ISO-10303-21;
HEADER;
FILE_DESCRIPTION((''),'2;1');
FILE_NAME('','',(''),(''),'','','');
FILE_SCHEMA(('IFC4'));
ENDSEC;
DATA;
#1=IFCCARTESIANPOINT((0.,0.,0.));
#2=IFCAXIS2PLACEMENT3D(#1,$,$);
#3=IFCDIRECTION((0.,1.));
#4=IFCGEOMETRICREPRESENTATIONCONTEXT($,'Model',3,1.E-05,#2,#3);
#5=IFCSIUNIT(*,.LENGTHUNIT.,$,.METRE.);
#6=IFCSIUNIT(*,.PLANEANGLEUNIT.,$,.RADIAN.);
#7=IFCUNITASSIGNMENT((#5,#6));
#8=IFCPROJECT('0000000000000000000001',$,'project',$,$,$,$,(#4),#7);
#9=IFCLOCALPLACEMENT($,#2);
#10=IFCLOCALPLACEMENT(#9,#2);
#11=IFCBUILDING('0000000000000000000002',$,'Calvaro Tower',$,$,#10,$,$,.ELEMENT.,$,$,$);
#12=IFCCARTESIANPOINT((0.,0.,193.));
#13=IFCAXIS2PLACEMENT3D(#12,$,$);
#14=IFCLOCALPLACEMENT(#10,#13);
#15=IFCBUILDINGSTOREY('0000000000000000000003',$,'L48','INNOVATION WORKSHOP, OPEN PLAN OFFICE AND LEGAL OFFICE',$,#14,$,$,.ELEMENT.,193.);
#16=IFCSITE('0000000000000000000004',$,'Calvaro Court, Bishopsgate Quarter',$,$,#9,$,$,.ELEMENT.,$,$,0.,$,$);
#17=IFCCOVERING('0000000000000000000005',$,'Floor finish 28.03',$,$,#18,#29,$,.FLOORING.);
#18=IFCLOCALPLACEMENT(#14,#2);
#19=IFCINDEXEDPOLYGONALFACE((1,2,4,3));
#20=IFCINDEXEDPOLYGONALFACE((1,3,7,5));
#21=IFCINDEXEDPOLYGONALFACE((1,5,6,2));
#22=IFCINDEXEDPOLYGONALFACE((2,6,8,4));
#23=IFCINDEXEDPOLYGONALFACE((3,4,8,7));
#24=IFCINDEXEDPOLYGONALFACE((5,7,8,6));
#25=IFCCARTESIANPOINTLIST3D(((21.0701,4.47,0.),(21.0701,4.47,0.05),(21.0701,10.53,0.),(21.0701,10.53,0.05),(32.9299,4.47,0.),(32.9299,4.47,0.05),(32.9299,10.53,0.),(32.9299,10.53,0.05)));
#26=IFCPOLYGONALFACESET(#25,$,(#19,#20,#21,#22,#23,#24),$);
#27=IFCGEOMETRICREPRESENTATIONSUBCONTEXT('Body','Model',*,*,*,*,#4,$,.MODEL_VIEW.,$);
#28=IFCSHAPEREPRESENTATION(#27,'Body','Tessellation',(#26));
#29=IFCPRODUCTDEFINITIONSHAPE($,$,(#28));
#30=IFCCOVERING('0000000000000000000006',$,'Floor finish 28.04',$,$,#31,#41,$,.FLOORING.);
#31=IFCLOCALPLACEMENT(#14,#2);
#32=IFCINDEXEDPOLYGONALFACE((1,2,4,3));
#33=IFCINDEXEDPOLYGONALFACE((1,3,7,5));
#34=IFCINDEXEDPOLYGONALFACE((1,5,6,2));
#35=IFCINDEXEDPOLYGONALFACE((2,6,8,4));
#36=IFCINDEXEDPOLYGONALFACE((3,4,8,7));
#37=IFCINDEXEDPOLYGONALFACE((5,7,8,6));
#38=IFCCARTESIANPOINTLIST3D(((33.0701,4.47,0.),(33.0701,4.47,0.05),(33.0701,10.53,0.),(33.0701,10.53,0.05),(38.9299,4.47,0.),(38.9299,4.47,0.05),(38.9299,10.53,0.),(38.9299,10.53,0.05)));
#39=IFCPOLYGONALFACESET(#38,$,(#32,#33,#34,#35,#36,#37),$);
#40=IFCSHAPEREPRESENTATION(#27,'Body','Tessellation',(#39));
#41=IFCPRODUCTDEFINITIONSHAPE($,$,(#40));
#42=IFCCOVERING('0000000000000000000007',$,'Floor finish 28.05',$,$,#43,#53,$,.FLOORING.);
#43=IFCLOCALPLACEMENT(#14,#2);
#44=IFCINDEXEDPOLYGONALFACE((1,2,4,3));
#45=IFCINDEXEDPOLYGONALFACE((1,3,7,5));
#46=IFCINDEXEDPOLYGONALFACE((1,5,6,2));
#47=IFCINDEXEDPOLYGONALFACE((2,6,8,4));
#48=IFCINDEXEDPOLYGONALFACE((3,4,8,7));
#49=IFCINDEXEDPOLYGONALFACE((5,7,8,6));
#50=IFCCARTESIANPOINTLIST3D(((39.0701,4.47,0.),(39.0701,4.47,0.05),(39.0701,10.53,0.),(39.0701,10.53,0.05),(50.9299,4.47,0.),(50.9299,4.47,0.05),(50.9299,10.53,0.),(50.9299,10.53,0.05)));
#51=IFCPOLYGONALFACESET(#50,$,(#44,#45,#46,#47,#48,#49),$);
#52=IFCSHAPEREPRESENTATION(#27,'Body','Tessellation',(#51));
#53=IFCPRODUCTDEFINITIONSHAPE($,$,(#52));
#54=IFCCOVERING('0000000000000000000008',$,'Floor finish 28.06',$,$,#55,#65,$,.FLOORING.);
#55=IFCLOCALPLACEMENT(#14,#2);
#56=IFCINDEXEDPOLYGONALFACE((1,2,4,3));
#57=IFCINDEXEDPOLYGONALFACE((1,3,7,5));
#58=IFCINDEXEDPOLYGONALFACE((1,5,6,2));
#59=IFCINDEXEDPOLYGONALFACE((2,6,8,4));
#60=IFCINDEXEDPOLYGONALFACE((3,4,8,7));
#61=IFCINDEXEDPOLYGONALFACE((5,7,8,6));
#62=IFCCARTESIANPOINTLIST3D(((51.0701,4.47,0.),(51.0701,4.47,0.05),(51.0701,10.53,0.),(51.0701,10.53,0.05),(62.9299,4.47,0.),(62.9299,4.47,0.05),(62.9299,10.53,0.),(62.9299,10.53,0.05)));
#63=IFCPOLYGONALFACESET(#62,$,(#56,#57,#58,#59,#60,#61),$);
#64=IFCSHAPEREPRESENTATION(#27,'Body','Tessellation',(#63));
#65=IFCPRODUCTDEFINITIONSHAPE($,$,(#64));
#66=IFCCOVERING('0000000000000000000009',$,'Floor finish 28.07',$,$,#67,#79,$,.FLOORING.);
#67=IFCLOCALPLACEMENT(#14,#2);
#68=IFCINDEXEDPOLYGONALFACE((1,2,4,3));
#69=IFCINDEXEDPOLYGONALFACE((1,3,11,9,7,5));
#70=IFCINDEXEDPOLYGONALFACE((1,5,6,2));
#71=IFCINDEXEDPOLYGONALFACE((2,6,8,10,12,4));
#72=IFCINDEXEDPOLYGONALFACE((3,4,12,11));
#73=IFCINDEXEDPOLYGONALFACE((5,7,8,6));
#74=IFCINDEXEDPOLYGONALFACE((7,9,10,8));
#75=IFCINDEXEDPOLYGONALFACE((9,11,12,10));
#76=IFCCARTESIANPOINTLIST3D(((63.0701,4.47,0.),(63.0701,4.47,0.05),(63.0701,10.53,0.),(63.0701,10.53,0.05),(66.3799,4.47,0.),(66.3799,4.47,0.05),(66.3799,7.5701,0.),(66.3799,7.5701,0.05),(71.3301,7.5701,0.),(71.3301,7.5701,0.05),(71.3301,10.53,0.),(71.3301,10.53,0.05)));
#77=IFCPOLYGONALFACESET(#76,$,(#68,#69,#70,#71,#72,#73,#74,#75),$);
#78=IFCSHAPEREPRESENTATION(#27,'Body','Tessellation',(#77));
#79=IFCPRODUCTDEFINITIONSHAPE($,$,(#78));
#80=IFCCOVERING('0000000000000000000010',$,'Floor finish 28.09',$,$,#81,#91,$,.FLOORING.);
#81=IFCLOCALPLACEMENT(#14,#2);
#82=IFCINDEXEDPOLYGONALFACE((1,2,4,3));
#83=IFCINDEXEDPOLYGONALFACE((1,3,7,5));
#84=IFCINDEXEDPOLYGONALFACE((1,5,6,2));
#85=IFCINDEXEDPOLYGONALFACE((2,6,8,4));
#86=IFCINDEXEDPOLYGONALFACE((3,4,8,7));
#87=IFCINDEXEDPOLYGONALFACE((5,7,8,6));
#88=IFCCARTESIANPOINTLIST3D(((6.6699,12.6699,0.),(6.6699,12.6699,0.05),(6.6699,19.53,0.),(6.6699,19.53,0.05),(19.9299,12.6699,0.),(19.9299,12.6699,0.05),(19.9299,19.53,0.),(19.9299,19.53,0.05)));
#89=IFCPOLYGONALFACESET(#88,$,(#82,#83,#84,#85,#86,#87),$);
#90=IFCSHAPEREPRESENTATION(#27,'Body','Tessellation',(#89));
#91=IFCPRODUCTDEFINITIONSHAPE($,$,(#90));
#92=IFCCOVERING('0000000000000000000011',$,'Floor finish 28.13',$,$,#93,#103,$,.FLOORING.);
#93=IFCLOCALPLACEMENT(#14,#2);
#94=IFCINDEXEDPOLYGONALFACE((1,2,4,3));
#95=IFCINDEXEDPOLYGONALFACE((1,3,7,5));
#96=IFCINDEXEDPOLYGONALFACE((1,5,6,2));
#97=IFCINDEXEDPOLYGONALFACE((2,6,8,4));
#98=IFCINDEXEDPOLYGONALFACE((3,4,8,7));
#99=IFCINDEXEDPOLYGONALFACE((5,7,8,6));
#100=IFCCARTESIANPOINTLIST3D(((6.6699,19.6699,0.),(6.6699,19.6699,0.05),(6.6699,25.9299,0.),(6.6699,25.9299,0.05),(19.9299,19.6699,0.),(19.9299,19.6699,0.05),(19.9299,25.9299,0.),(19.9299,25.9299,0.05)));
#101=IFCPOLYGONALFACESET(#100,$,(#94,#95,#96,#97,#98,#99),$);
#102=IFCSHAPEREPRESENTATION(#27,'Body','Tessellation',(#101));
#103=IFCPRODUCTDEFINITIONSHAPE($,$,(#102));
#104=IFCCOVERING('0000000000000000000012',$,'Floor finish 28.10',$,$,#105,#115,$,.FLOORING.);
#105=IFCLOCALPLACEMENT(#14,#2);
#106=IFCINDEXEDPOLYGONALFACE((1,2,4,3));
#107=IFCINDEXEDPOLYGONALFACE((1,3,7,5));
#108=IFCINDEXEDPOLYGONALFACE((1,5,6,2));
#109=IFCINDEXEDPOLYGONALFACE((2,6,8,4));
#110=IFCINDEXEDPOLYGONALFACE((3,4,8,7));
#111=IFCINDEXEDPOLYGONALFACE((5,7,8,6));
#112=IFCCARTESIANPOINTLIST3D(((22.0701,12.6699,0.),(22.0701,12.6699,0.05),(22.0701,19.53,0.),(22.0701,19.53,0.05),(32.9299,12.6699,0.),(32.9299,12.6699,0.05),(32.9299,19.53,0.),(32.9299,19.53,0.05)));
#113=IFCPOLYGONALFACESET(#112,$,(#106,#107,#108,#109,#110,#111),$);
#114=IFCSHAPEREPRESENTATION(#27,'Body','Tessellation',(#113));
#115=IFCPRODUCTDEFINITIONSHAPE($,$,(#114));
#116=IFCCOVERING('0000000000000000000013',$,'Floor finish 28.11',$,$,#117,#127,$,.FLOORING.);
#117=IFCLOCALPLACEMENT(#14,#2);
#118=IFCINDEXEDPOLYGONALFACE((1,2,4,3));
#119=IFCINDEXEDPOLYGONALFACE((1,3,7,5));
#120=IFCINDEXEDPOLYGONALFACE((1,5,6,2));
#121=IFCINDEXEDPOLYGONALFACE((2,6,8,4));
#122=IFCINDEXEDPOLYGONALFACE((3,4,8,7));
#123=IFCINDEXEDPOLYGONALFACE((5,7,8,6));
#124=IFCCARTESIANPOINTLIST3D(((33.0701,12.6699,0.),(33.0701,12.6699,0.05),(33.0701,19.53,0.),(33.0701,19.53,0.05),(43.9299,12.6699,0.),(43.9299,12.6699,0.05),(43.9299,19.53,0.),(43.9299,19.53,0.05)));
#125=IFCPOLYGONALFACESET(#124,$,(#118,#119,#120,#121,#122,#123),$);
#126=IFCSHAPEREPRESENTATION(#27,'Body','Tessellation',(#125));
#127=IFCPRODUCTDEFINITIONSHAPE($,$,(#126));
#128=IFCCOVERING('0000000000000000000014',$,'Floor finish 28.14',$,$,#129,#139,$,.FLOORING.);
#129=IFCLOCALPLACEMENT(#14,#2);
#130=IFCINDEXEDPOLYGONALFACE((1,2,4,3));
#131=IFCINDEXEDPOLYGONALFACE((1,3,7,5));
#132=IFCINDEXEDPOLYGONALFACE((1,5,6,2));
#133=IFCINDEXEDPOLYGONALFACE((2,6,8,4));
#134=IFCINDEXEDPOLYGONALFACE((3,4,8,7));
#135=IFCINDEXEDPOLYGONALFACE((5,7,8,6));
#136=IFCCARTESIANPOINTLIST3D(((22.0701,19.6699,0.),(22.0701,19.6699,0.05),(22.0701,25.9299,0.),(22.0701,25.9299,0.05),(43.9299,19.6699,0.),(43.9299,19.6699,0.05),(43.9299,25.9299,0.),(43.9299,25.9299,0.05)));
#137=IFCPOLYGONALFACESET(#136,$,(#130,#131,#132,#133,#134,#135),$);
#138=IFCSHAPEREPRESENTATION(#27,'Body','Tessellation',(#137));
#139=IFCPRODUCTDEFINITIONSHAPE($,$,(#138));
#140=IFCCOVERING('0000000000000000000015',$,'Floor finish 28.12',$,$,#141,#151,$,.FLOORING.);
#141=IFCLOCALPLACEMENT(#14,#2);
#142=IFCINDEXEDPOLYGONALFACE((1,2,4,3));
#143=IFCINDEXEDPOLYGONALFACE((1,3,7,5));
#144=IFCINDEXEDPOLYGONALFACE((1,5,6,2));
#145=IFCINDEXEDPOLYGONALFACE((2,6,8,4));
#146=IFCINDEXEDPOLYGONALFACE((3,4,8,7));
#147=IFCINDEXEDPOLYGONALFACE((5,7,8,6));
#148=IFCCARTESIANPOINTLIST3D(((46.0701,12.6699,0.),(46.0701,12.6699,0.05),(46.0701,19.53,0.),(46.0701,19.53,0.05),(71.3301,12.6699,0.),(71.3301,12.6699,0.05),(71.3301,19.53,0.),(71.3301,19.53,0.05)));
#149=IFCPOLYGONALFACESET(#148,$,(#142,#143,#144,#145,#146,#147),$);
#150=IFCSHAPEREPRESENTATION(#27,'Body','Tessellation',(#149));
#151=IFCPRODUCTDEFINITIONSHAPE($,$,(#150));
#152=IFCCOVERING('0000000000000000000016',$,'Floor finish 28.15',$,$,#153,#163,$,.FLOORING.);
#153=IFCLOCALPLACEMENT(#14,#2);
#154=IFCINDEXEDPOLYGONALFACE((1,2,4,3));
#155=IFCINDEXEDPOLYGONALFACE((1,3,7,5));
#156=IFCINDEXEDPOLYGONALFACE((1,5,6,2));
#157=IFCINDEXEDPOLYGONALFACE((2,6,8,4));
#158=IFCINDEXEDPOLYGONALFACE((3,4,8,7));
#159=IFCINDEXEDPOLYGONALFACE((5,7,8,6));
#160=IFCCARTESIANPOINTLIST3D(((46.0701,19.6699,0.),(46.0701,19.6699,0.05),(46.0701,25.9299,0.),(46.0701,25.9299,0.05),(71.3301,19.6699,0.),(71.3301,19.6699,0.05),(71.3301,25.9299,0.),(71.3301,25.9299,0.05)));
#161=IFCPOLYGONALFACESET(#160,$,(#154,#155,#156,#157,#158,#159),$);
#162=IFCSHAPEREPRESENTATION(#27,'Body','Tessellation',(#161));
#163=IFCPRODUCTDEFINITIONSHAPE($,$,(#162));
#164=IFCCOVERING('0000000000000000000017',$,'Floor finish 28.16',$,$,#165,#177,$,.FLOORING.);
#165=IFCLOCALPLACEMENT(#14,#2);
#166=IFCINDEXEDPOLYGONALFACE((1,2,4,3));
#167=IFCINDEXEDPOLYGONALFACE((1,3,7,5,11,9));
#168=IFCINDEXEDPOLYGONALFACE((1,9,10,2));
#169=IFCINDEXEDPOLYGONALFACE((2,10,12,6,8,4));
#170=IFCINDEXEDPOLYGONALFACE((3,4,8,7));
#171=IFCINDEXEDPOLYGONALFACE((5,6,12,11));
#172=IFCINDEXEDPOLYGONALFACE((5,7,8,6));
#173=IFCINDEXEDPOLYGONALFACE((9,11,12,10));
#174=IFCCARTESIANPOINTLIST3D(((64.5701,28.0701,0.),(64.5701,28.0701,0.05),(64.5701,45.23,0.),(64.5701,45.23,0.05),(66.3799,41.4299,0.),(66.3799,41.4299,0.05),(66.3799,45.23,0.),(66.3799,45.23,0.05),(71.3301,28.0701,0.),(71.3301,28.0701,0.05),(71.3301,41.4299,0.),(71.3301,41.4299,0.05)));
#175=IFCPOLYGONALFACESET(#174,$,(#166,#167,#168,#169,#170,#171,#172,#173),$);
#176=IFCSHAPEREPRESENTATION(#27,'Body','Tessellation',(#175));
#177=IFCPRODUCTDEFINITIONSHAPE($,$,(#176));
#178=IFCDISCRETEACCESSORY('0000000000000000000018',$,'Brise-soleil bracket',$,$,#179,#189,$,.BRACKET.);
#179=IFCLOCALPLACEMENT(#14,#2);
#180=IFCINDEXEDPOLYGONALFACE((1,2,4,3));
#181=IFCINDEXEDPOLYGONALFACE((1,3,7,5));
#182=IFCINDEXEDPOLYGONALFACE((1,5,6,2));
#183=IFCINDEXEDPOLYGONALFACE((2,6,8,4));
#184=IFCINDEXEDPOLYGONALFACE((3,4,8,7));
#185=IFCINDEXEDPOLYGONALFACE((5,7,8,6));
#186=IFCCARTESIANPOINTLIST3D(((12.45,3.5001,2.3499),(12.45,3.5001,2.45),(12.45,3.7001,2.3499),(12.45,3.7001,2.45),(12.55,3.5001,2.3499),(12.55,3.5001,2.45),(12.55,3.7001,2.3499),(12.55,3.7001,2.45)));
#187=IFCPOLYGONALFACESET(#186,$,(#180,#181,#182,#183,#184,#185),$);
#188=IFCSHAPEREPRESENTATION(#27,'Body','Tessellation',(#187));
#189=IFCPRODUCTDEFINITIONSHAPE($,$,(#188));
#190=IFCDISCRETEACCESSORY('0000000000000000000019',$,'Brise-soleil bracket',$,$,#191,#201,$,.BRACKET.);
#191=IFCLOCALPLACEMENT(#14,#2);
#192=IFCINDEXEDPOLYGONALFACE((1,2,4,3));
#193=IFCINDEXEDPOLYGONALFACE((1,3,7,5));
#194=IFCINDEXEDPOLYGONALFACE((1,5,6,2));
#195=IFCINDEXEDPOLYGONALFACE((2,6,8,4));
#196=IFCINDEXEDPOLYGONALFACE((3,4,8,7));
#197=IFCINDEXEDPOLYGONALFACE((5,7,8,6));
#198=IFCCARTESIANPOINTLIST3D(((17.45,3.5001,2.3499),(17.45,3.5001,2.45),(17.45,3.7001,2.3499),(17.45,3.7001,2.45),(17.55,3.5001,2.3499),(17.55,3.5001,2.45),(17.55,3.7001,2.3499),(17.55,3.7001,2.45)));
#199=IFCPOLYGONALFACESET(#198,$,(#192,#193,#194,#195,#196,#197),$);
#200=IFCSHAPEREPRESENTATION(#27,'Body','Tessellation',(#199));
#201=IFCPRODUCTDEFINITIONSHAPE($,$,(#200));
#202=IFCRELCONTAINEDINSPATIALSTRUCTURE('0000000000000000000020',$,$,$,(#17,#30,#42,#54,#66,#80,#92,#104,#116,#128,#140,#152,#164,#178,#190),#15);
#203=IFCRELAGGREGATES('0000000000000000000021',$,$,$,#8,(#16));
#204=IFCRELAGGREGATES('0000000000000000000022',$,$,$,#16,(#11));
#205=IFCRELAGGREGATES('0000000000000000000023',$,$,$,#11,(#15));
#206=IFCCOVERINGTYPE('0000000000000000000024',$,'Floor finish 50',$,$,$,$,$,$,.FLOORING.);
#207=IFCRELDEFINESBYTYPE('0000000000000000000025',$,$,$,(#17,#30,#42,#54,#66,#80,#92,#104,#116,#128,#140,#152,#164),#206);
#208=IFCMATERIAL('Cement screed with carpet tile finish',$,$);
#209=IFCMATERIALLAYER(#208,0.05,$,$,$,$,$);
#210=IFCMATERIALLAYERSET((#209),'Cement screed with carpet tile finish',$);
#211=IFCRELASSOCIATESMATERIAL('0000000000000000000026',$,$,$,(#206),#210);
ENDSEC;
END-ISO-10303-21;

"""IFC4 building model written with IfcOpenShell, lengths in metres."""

from ifc_helpers import new_model, si_unit, direction, frame, origin, origin_2d, place, context, subcontext, project, spatial, polyline, rectangle, outline, extrude, material, layer, layer_set, type_object, element, save


model = new_model("IFC4")

# Units and contexts
model_context = context("Model", 3, precision=1e-05, world=origin(), true_north=direction((0.0, 1.0)))
body_context = subcontext(model_context, "Body", "Model", "MODEL_VIEW")
ifc_project = project(units=[si_unit("LENGTHUNIT", "METRE"), si_unit("PLANEANGLEUNIT", "RADIAN")], contexts=[model_context])

# Site, building, storey
site_placement = place(None, origin())
site = spatial("IfcSite", under=ifc_project, at=site_placement, Name="Calvaro Court, Bishopsgate Quarter", CompositionType="ELEMENT", RefElevation=0.0)
building_placement = place(site_placement, origin())
building = spatial("IfcBuilding", under=site, at=building_placement, Name="Calvaro Tower", CompositionType="ELEMENT")
storey_placement = place(building_placement, frame((0.0, 0.0, 193.0)))
storey = spatial("IfcBuildingStorey", under=building, at=storey_placement, Name="L48", Description="INNOVATION WORKSHOP, OPEN PLAN OFFICE AND LEGAL OFFICE", CompositionType="ELEMENT", Elevation=193.0)

# Coverings
ifc_material_1 = material(Name="Cement screed with carpet tile finish")
ifc_layer_1 = layer(ifc_material_1, 0.05)
ifc_layer_set_1 = layer_set([ifc_layer_1], Name="Cement screed with carpet tile finish")
covering_type = type_object("IfcCoveringType", Name="Floor finish 50", PredefinedType="FLOORING", material=ifc_layer_set_1)
covering_1_placement = place(storey_placement, origin())
element("IfcCovering", 1, at=covering_1_placement, inside=storey, type_object=covering_type, Name="Floor finish 28.03", PredefinedType="FLOORING", context=body_context, shape_type="SweptSolid", body=[
    extrude(outline(polyline([(21.0701, 10.53), (32.9299, 10.53), (32.9299, 4.47), (21.0701, 4.47), (21.0701, 10.53)])), origin(), (0.0, 0.0, 1.0), 0.05),
])
covering_2_placement = place(storey_placement, origin())
element("IfcCovering", 2, at=covering_2_placement, inside=storey, type_object=covering_type, Name="Floor finish 28.04", PredefinedType="FLOORING", context=body_context, shape_type="SweptSolid", body=[
    extrude(outline(polyline([(33.0701, 10.53), (38.9299, 10.53), (38.9299, 4.47), (33.0701, 4.47), (33.0701, 10.53)])), origin(), (0.0, 0.0, 1.0), 0.05),
])
covering_3_placement = place(storey_placement, origin())
element("IfcCovering", 3, at=covering_3_placement, inside=storey, type_object=covering_type, Name="Floor finish 28.05", PredefinedType="FLOORING", context=body_context, shape_type="SweptSolid", body=[
    extrude(outline(polyline([(39.0701, 10.53), (50.9299, 10.53), (50.9299, 4.47), (39.0701, 4.47), (39.0701, 10.53)])), origin(), (0.0, 0.0, 1.0), 0.05),
])
covering_4_placement = place(storey_placement, origin())
element("IfcCovering", 4, at=covering_4_placement, inside=storey, type_object=covering_type, Name="Floor finish 28.06", PredefinedType="FLOORING", context=body_context, shape_type="SweptSolid", body=[
    extrude(outline(polyline([(51.0701, 10.53), (62.9299, 10.53), (62.9299, 4.47), (51.0701, 4.47), (51.0701, 10.53)])), origin(), (0.0, 0.0, 1.0), 0.05),
])
covering_5_placement = place(storey_placement, origin())
element("IfcCovering", 5, at=covering_5_placement, inside=storey, type_object=covering_type, Name="Floor finish 28.07", PredefinedType="FLOORING", context=body_context, shape_type="SweptSolid", body=[
    extrude(outline(polyline([(71.3301, 7.5701), (66.3799, 7.5701), (66.3799, 4.47), (63.0701, 4.47), (63.0701, 10.53), (71.3301, 10.53), (71.3301, 7.5701)])), origin(), (0.0, 0.0, 1.0), 0.05),
])
covering_6_placement = place(storey_placement, origin())
element("IfcCovering", 6, at=covering_6_placement, inside=storey, type_object=covering_type, Name="Floor finish 28.09", PredefinedType="FLOORING", context=body_context, shape_type="SweptSolid", body=[
    extrude(outline(polyline([(19.9299, 19.53), (19.9299, 12.6699), (6.6699, 12.6699), (6.6699, 19.53), (19.9299, 19.53)])), origin(), (0.0, 0.0, 1.0), 0.05),
])
covering_7_placement = place(storey_placement, origin())
element("IfcCovering", 7, at=covering_7_placement, inside=storey, type_object=covering_type, Name="Floor finish 28.13", PredefinedType="FLOORING", context=body_context, shape_type="SweptSolid", body=[
    extrude(outline(polyline([(19.9299, 25.9299), (19.9299, 19.6699), (6.6699, 19.6699), (6.6699, 25.9299), (19.9299, 25.9299)])), origin(), (0.0, 0.0, 1.0), 0.05),
])
covering_8_placement = place(storey_placement, origin())
element("IfcCovering", 8, at=covering_8_placement, inside=storey, type_object=covering_type, Name="Floor finish 28.10", PredefinedType="FLOORING", context=body_context, shape_type="SweptSolid", body=[
    extrude(outline(polyline([(22.0701, 12.6699), (22.0701, 19.53), (32.9299, 19.53), (32.9299, 12.6699), (22.0701, 12.6699)])), origin(), (0.0, 0.0, 1.0), 0.05),
])
covering_9_placement = place(storey_placement, origin())
element("IfcCovering", 9, at=covering_9_placement, inside=storey, type_object=covering_type, Name="Floor finish 28.11", PredefinedType="FLOORING", context=body_context, shape_type="SweptSolid", body=[
    extrude(outline(polyline([(33.0701, 12.6699), (33.0701, 19.53), (43.9299, 19.53), (43.9299, 12.6699), (33.0701, 12.6699)])), origin(), (0.0, 0.0, 1.0), 0.05),
])
covering_10_placement = place(storey_placement, origin())
element("IfcCovering", 10, at=covering_10_placement, inside=storey, type_object=covering_type, Name="Floor finish 28.14", PredefinedType="FLOORING", context=body_context, shape_type="SweptSolid", body=[
    extrude(outline(polyline([(22.0701, 19.6699), (22.0701, 25.9299), (43.9299, 25.9299), (43.9299, 19.6699), (22.0701, 19.6699)])), origin(), (0.0, 0.0, 1.0), 0.05),
])
covering_11_placement = place(storey_placement, origin())
element("IfcCovering", 11, at=covering_11_placement, inside=storey, type_object=covering_type, Name="Floor finish 28.12", PredefinedType="FLOORING", context=body_context, shape_type="SweptSolid", body=[
    extrude(outline(polyline([(71.3301, 12.6699), (46.0701, 12.6699), (46.0701, 19.53), (71.3301, 19.53), (71.3301, 12.6699)])), origin(), (0.0, 0.0, 1.0), 0.05),
])
covering_12_placement = place(storey_placement, origin())
element("IfcCovering", 12, at=covering_12_placement, inside=storey, type_object=covering_type, Name="Floor finish 28.15", PredefinedType="FLOORING", context=body_context, shape_type="SweptSolid", body=[
    extrude(outline(polyline([(71.3301, 19.6699), (46.0701, 19.6699), (46.0701, 25.9299), (71.3301, 25.9299), (71.3301, 19.6699)])), origin(), (0.0, 0.0, 1.0), 0.05),
])
covering_13_placement = place(storey_placement, origin())
element("IfcCovering", 13, at=covering_13_placement, inside=storey, type_object=covering_type, Name="Floor finish 28.16", PredefinedType="FLOORING", context=body_context, shape_type="SweptSolid", body=[
    extrude(outline(polyline([(71.3301, 28.0701), (64.5701, 28.0701), (64.5701, 45.23), (66.3799, 45.23), (66.3799, 41.4299), (71.3301, 41.4299), (71.3301, 28.0701)])), origin(), (0.0, 0.0, 1.0), 0.05),
])

# Discrete accessories
for number, where, z_axis, x_axis, name in (
    (14, (12.5, 3.6001, 2.3499), (0.0, 0.0, 1.0), (1.0, 0.0, 0.0), "Brise-soleil bracket"),
    (15, (17.5, 3.6001, 2.3499), (0.0, 0.0, 1.0), (1.0, 0.0, 0.0), "Brise-soleil bracket"),
):
    element("IfcDiscreteAccessory", number, at=place(storey_placement, frame(where, z_axis=z_axis, x_axis=x_axis)), inside=storey, Name=name, PredefinedType="BRACKET", context=body_context, shape_type="SweptSolid", body=[
        extrude(rectangle(XDim=0.1001, YDim=0.2, at=origin_2d()), origin(), (0.0, 0.0, 1.0), 0.1001),
    ])

save(model, "model.ifc")
